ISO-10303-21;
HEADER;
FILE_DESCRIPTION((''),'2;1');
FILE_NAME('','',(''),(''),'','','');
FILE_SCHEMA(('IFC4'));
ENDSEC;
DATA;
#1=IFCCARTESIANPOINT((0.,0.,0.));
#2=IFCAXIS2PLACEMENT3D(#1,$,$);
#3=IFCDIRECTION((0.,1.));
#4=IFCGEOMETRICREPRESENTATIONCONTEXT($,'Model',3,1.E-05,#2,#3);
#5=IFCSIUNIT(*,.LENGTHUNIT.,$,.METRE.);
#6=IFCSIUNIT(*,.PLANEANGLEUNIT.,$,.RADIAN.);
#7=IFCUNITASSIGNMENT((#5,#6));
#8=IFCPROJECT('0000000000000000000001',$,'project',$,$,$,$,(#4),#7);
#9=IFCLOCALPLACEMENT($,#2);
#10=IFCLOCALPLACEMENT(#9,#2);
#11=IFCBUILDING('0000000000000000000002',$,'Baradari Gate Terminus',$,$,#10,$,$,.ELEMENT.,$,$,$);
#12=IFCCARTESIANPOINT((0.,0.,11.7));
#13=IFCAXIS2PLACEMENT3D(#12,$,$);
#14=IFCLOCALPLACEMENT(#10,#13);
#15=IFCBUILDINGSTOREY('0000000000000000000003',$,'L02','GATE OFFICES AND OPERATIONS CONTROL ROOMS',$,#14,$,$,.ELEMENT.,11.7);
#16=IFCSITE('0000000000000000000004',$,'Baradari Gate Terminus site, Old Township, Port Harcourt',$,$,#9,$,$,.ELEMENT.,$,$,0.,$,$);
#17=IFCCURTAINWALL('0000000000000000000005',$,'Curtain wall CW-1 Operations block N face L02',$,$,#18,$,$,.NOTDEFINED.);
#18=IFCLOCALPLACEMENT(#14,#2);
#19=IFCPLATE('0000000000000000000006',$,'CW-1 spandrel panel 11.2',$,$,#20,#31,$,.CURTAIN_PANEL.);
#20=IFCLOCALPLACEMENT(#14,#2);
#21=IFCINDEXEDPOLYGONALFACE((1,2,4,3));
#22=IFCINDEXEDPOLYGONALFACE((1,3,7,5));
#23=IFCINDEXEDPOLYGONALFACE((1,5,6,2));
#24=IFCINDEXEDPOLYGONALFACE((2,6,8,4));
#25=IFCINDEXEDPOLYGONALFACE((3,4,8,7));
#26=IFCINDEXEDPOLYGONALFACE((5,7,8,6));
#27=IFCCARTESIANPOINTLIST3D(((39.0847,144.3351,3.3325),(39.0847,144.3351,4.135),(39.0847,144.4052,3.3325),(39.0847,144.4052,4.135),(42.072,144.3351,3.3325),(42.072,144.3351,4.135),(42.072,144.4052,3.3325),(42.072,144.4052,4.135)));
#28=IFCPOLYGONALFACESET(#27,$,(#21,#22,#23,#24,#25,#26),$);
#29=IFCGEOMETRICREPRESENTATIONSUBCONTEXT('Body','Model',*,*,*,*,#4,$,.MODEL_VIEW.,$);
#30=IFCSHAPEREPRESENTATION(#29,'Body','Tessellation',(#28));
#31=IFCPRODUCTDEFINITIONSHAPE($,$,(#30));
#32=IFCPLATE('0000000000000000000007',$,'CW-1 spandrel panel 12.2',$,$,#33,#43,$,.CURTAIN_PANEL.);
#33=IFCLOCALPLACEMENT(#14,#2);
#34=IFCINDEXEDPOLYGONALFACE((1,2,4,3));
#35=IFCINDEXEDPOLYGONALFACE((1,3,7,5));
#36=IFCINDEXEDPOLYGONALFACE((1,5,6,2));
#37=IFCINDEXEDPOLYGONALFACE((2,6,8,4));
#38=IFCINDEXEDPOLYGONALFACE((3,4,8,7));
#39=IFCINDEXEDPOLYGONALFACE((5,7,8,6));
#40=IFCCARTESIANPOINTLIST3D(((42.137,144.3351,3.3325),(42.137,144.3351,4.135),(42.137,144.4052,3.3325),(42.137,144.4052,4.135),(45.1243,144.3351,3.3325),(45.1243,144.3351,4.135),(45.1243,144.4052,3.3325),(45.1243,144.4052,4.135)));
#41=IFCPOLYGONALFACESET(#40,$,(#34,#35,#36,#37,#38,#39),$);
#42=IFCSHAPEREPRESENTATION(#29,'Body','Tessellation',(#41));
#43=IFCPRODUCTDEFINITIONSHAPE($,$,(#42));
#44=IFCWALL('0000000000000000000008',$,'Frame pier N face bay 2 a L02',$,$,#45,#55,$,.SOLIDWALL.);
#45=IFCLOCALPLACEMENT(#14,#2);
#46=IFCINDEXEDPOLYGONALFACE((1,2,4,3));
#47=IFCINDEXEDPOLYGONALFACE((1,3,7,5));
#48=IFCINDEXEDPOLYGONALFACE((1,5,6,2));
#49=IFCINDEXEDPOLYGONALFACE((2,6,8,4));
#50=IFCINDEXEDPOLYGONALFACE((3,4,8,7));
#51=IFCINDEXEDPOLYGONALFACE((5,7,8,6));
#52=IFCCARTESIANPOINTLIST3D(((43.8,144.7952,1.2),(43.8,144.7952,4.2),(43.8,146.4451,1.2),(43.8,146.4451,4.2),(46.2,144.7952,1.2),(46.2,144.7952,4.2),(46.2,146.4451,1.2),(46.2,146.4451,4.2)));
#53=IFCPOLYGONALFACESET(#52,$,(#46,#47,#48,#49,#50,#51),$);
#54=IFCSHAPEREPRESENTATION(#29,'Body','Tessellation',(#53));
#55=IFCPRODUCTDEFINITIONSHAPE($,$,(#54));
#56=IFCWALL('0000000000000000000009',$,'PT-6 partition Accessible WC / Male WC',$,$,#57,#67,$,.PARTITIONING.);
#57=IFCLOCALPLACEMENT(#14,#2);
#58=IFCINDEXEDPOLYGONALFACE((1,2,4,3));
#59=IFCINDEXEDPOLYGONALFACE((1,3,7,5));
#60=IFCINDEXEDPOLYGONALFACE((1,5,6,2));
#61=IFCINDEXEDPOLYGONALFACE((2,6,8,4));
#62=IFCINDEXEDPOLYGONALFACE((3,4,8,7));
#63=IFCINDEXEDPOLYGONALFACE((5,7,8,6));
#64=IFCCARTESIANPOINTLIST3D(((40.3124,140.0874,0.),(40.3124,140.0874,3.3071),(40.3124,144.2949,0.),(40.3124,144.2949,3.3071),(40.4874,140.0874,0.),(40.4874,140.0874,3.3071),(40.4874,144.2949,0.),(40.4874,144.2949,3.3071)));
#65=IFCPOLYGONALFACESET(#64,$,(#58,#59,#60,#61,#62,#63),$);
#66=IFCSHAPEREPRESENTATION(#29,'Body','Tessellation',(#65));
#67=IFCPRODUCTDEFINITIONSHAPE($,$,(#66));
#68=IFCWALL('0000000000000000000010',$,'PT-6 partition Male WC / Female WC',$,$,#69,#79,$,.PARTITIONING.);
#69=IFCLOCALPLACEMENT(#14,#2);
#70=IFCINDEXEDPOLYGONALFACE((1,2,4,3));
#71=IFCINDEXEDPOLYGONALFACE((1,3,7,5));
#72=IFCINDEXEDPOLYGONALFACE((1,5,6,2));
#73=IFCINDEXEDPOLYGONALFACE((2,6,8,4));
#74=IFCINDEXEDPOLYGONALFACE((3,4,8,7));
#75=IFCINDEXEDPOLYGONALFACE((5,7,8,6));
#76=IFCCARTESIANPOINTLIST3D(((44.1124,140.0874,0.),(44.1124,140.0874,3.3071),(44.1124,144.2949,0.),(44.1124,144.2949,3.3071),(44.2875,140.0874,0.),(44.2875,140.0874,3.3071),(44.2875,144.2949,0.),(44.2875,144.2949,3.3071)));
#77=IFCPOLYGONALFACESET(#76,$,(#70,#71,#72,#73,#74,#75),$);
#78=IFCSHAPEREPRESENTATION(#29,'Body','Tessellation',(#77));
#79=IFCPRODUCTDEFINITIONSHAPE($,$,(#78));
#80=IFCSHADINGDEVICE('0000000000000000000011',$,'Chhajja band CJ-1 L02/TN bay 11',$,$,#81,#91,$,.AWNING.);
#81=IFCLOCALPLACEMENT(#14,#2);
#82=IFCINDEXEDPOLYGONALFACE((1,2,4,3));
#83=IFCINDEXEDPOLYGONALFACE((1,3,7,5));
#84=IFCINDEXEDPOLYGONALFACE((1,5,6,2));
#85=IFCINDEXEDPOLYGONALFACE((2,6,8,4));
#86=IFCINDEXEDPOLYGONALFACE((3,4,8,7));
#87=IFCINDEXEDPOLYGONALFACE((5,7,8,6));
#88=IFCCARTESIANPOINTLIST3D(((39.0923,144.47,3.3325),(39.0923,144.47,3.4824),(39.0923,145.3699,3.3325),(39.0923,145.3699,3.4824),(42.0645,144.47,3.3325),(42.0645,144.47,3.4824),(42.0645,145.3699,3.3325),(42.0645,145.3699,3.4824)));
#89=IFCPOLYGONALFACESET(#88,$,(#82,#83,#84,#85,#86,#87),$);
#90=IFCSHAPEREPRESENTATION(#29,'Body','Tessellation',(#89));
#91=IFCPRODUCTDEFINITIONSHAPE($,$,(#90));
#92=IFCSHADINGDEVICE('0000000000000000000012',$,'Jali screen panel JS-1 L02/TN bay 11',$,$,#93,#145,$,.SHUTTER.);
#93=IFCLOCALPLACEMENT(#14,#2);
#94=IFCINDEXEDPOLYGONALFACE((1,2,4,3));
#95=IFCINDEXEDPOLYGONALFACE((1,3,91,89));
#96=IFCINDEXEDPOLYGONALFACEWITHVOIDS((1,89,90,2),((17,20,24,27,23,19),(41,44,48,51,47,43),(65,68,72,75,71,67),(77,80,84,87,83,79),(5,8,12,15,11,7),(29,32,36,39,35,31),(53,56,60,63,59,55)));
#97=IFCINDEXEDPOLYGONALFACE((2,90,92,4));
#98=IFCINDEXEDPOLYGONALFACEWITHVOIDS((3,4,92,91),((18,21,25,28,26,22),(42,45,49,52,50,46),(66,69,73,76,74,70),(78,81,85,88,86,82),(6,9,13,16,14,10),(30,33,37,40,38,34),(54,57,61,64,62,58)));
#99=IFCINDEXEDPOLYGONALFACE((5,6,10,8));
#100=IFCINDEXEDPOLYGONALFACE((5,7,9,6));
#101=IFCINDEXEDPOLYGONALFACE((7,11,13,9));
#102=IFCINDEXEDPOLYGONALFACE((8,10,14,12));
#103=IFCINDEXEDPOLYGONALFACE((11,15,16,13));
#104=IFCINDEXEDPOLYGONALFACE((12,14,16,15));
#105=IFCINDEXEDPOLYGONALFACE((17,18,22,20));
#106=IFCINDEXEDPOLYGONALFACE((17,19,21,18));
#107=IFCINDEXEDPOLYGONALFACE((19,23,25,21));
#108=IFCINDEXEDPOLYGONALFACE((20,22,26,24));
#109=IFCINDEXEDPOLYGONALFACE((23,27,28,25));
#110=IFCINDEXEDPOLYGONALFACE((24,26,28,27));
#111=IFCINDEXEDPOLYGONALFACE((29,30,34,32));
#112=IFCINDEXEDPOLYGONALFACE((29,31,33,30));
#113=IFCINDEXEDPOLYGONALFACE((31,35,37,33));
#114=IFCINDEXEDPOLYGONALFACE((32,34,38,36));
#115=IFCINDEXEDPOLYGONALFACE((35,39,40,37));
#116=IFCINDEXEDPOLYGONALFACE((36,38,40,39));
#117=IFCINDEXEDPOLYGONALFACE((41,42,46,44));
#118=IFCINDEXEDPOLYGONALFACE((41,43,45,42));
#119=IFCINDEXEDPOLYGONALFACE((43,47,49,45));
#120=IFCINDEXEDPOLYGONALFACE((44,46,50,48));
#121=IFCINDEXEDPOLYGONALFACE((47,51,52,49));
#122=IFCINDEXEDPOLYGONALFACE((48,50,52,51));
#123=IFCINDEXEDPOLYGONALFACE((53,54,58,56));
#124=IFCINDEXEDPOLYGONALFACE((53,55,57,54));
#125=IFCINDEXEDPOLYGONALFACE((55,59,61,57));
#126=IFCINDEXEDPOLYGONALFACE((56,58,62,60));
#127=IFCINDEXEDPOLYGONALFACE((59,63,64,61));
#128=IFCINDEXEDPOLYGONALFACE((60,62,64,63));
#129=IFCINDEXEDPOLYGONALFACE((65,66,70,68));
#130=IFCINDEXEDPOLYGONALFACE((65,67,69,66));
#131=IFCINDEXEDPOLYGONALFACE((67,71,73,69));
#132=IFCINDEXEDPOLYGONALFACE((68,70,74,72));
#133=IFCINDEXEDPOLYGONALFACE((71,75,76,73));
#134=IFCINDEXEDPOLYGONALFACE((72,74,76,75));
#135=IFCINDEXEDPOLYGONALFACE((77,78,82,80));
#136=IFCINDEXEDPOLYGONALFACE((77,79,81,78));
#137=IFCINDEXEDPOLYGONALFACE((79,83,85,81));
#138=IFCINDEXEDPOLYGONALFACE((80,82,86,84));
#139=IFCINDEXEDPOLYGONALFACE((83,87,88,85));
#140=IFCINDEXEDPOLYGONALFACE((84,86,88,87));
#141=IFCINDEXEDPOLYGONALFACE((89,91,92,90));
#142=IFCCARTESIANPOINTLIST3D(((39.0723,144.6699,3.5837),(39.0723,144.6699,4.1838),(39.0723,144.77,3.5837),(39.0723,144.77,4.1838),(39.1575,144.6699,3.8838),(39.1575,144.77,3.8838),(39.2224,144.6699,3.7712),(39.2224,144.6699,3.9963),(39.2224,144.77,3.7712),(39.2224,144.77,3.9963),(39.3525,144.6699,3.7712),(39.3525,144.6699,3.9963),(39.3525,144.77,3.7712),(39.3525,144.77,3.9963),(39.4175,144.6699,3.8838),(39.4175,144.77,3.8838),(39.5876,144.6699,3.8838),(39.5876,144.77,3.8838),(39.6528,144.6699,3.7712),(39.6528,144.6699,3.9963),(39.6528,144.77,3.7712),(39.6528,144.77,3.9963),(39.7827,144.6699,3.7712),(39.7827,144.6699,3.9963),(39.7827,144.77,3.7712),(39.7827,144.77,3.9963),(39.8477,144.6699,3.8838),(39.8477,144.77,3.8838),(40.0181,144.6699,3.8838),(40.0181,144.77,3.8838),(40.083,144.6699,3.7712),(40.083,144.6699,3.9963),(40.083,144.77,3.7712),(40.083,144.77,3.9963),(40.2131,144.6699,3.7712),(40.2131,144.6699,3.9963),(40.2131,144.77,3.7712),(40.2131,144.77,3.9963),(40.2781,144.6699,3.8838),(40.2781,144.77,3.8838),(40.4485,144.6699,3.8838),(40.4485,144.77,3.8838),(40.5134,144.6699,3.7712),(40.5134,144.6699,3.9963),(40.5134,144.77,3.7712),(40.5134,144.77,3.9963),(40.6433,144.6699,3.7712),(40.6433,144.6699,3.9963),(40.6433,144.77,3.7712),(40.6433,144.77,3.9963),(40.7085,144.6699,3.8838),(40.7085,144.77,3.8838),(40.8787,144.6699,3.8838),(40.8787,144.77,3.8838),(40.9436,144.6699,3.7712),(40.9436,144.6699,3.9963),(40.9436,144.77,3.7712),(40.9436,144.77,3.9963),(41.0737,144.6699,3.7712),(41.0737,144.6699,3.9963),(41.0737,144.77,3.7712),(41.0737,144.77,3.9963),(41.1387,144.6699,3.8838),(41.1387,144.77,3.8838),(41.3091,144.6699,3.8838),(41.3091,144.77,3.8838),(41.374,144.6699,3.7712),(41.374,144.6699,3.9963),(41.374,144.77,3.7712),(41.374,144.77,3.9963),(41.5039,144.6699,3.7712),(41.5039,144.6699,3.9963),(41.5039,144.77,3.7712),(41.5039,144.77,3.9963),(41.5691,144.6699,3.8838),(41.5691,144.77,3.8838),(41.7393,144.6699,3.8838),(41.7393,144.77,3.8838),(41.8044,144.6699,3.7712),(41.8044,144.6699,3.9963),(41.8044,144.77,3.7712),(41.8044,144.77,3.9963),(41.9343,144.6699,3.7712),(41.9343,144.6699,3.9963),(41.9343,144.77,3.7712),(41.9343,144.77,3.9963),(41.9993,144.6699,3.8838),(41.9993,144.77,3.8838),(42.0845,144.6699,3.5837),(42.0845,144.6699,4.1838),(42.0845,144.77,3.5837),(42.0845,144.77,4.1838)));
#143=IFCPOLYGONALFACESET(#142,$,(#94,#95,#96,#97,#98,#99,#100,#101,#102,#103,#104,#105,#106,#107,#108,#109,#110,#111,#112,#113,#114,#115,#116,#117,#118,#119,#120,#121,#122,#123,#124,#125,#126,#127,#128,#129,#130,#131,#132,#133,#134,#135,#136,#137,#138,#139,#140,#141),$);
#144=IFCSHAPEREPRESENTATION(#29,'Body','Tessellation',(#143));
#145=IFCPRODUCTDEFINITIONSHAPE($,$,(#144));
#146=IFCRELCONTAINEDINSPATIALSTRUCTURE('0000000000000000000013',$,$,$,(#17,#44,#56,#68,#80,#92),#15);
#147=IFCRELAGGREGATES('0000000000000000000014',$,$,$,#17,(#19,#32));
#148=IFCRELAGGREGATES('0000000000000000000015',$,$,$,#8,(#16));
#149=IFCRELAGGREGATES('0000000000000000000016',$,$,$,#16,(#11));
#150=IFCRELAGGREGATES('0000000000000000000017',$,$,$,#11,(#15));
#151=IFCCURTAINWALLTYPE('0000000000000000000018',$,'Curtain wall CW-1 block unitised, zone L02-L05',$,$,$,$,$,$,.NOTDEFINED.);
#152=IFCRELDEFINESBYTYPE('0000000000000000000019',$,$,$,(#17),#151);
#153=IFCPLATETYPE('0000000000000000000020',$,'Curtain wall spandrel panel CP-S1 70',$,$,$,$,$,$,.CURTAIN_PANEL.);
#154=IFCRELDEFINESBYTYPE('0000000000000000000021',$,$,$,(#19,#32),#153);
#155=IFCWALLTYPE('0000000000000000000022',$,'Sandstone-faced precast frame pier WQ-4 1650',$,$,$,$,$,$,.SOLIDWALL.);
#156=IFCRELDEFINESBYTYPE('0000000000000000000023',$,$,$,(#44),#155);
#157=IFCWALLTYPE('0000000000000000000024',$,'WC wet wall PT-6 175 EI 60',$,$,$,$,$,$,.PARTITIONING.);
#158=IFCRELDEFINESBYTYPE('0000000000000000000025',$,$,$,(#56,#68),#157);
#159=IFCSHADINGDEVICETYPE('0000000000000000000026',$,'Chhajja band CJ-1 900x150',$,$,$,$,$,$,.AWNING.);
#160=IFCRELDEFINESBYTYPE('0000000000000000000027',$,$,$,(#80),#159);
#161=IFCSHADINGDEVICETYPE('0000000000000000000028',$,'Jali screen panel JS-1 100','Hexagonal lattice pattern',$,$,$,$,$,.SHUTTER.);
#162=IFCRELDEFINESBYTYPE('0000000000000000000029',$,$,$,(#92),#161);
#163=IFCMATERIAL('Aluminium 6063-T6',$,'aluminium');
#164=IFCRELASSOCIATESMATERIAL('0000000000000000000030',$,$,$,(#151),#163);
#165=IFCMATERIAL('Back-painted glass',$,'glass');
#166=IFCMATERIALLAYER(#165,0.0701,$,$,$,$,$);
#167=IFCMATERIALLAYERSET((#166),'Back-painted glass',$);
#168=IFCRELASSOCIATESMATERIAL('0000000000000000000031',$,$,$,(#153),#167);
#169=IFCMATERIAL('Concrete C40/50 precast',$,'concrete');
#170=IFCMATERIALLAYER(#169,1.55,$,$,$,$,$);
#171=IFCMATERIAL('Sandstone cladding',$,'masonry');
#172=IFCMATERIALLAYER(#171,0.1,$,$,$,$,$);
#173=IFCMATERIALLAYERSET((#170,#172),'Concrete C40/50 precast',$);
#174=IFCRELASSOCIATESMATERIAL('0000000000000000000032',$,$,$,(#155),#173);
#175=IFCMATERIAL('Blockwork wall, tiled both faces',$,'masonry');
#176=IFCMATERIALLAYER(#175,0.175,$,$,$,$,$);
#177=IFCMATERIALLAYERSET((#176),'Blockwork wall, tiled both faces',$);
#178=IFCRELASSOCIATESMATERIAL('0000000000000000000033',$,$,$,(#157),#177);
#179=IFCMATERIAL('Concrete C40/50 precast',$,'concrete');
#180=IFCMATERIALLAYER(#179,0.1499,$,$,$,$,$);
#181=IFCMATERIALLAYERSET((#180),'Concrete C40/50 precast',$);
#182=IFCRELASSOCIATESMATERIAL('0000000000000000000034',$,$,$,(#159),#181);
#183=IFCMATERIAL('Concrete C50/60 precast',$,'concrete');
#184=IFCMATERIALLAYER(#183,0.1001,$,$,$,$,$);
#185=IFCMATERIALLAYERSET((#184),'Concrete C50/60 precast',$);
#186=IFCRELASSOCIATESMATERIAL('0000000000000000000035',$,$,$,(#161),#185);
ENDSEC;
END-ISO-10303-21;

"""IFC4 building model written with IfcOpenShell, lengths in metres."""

from ifc_helpers import new_model, si_unit, direction, frame, frame_2d, origin, origin_2d, place, context, subcontext, project, spatial, polyline, rectangle, outline, extrude, material, layer, layer_set, type_object, element, aggregate, save


model = new_model("IFC4")

# Units and contexts
model_context = context("Model", 3, precision=1e-05, world=origin(), true_north=direction((0.0, 1.0)))
body_context = subcontext(model_context, "Body", "Model", "MODEL_VIEW")
ifc_project = project(units=[si_unit("LENGTHUNIT", "METRE"), si_unit("PLANEANGLEUNIT", "RADIAN")], contexts=[model_context])

# Site, building, storey
site_placement = place(None, origin())
site = spatial("IfcSite", under=ifc_project, at=site_placement, Name="Baradari Gate Terminus site, Old Township, Port Harcourt", CompositionType="ELEMENT", RefElevation=0.0)
building_placement = place(site_placement, origin())
building = spatial("IfcBuilding", under=site, at=building_placement, Name="Baradari Gate Terminus", CompositionType="ELEMENT")
storey_placement = place(building_placement, frame((0.0, 0.0, 11.7)))
storey = spatial("IfcBuildingStorey", under=building, at=storey_placement, Name="L02", Description="GATE OFFICES AND OPERATIONS CONTROL ROOMS", CompositionType="ELEMENT", Elevation=11.7)

# Curtain wall, plates
ifc_material_1 = material(Name="Aluminium 6063-T6", Category="aluminium")
curtain_wall_type = type_object("IfcCurtainWallType", Name="Curtain wall CW-1 block unitised, zone L02-L05", PredefinedType="NOTDEFINED", material=ifc_material_1)
curtain_wall_placement = place(storey_placement, origin())
curtain_wall = element("IfcCurtainWall", 1, at=curtain_wall_placement, inside=storey, type_object=curtain_wall_type, Name="Curtain wall CW-1 Operations block N face L02", PredefinedType="NOTDEFINED")
ifc_material_2 = material(Name="Back-painted glass", Category="glass")
ifc_layer_1 = layer(ifc_material_2, 0.0701)
ifc_layer_set_1 = layer_set([ifc_layer_1], Name="Back-painted glass")
plate_type_1 = type_object("IfcPlateType", Name="Curtain wall spandrel panel CP-S1 70", PredefinedType="CURTAIN_PANEL", material=ifc_layer_set_1)
plate_1_placement = place(storey_placement, frame((40.5784, 144.3701, 3.3325), z_axis=(0.0, 0.0, 1.0), x_axis=(1.0, 0.0, 0.0)))
plate_1 = element("IfcPlate", 2, at=plate_1_placement, type_object=plate_type_1, Name="CW-1 spandrel panel 11.2", PredefinedType="CURTAIN_PANEL", context=body_context, shape_type="SweptSolid", body=[
    extrude(rectangle(XDim=2.9873, YDim=0.0701, at=origin_2d()), origin(), (0.0, 0.0, 1.0), 0.8025),
])
plate_2_placement = place(storey_placement, frame((43.6306, 144.3701, 3.3325), z_axis=(0.0, 0.0, 1.0), x_axis=(1.0, 0.0, 0.0)))
plate_2 = element("IfcPlate", 3, at=plate_2_placement, type_object=plate_type_1, Name="CW-1 spandrel panel 12.2", PredefinedType="CURTAIN_PANEL", context=body_context, shape_type="SweptSolid", body=[
    extrude(rectangle(XDim=2.9873, YDim=0.0701, at=origin_2d()), origin(), (0.0, 0.0, 1.0), 0.8025),
])
aggregate(curtain_wall, [plate_1, plate_2])

# Walls
ifc_material_3 = material(Name="Concrete C40/50 precast", Category="concrete")
ifc_layer_2 = layer(ifc_material_3, 1.55)
ifc_material_4 = material(Name="Sandstone cladding", Category="masonry")
ifc_layer_3 = layer(ifc_material_4, 0.1)
ifc_layer_set_2 = layer_set([ifc_layer_2, ifc_layer_3], Name="Concrete C40/50 precast")
wall_type_1 = type_object("IfcWallType", Name="Sandstone-faced precast frame pier WQ-4 1650", PredefinedType="SOLIDWALL", material=ifc_layer_set_2)
wall_placement = place(storey_placement, frame((43.8, 145.6201, 1.2), z_axis=(0.0, 0.0, 1.0), x_axis=(1.0, 0.0, 0.0)))
element("IfcWall", 4, at=wall_placement, inside=storey, type_object=wall_type_1, Name="Frame pier N face bay 2 a L02", PredefinedType="SOLIDWALL", context=body_context, shape_type="SweptSolid", body=[
    extrude(rectangle(XDim=2.3999, YDim=1.6499, at=frame_2d((1.2, 0.0))), origin(), (0.0, 0.0, 1.0), 3.0),
])
ifc_material_5 = material(Name="Blockwork wall, tiled both faces", Category="masonry")
ifc_layer_4 = layer(ifc_material_5, 0.175)
ifc_layer_set_3 = layer_set([ifc_layer_4], Name="Blockwork wall, tiled both faces")
wall_type_2 = type_object("IfcWallType", Name="WC wet wall PT-6 175 EI 60", PredefinedType="PARTITIONING", material=ifc_layer_set_3)
for number, where, z_axis, x_axis, name in (
    (5, (40.3999, 144.2949, 0.0), (0.0, 0.0, 1.0), (0.0, -1.0, 0.0), "PT-6 partition Accessible WC / Male WC"),
    (6, (44.2, 144.2949, 0.0), (0.0, 0.0, 1.0), (0.0, -1.0, 0.0), "PT-6 partition Male WC / Female WC"),
):
    element("IfcWall", number, at=place(storey_placement, frame(where, z_axis=z_axis, x_axis=x_axis)), inside=storey, type_object=wall_type_2, Name=name, PredefinedType="PARTITIONING", context=body_context, shape_type="SweptSolid", body=[
        extrude(rectangle(XDim=4.2075, YDim=0.175, at=frame_2d((2.1038, 0.0))), origin(), (0.0, 0.0, 1.0), 3.3071),
    ])

# Shading devices
ifc_material_6 = material(Name="Concrete C40/50 precast", Category="concrete")
ifc_layer_5 = layer(ifc_material_6, 0.1499)
ifc_layer_set_4 = layer_set([ifc_layer_5], Name="Concrete C40/50 precast")
shading_device_type_1 = type_object("IfcShadingDeviceType", Name="Chhajja band CJ-1 900x150", PredefinedType="AWNING", material=ifc_layer_set_4)
shading_device_1_placement = place(storey_placement, frame((40.5784, 144.9199, 3.3325), z_axis=(0.0, 0.0, 1.0), x_axis=(1.0, 0.0, 0.0)))
element("IfcShadingDevice", 7, at=shading_device_1_placement, inside=storey, type_object=shading_device_type_1, Name="Chhajja band CJ-1 L02/TN bay 11", PredefinedType="AWNING", context=body_context, shape_type="SweptSolid", body=[
    extrude(rectangle(XDim=2.9722, YDim=0.8999, at=origin_2d()), origin(), (0.0, 0.0, 1.0), 0.1499),
])
ifc_material_7 = material(Name="Concrete C50/60 precast", Category="concrete")
ifc_layer_6 = layer(ifc_material_7, 0.1001)
ifc_layer_set_5 = layer_set([ifc_layer_6], Name="Concrete C50/60 precast")
shading_device_type_2 = type_object("IfcShadingDeviceType", Name="Jali screen panel JS-1 100", Description="Hexagonal lattice pattern", PredefinedType="SHUTTER", material=ifc_layer_set_5)
shading_device_2_placement = place(storey_placement, frame((39.0723, 144.72, 3.5837), z_axis=(0.0, 0.0, 1.0), x_axis=(1.0, 0.0, 0.0)))
element("IfcShadingDevice", 8, at=shading_device_2_placement, inside=storey, type_object=shading_device_type_2, Name="Jali screen panel JS-1 L02/TN bay 11", PredefinedType="SHUTTER", context=body_context, shape_type="SweptSolid", body=[
    extrude(outline(polyline([(0.0, 0.0), (3.0122, 0.0), (3.0122, 0.6001), (0.0, 0.6001), (0.0, 0.0)]), holes=[polyline([(0.3452, 0.3), (0.2803, 0.1875), (0.1501, 0.1875), (0.0852, 0.3), (0.1501, 0.4126), (0.2803, 0.4126), (0.3452, 0.3)]), polyline([(0.7754, 0.3), (0.7104, 0.1875), (0.5806, 0.1875), (0.5154, 0.3), (0.5806, 0.4126), (0.7104, 0.4126), (0.7754, 0.3)]), polyline([(1.2058, 0.3), (1.1409, 0.1875), (1.0107, 0.1875), (0.9458, 0.3), (1.0107, 0.4126), (1.1409, 0.4126), (1.2058, 0.3)]), polyline([(1.6362, 0.3), (1.571, 0.1875), (1.4412, 0.1875), (1.3762, 0.3), (1.4412, 0.4126), (1.571, 0.4126), (1.6362, 0.3)]), polyline([(2.0664, 0.3), (2.0015, 0.1875), (1.8713, 0.1875), (1.8064, 0.3), (1.8713, 0.4126), (2.0015, 0.4126), (2.0664, 0.3)]), polyline([(2.4968, 0.3), (2.4316, 0.1875), (2.3018, 0.1875), (2.2368, 0.3), (2.3018, 0.4126), (2.4316, 0.4126), (2.4968, 0.3)]), polyline([(2.927, 0.3), (2.8621, 0.1875), (2.7322, 0.1875), (2.667, 0.3), (2.7322, 0.4126), (2.8621, 0.4126), (2.927, 0.3)])]), frame((0.0, 0.05, 0.0), z_axis=(0.0, -1.0, 0.0), x_axis=(1.0, 0.0, 0.0)), (0.0, 0.0, 1.0), 0.1001),
])

save(model, "model.ifc")
